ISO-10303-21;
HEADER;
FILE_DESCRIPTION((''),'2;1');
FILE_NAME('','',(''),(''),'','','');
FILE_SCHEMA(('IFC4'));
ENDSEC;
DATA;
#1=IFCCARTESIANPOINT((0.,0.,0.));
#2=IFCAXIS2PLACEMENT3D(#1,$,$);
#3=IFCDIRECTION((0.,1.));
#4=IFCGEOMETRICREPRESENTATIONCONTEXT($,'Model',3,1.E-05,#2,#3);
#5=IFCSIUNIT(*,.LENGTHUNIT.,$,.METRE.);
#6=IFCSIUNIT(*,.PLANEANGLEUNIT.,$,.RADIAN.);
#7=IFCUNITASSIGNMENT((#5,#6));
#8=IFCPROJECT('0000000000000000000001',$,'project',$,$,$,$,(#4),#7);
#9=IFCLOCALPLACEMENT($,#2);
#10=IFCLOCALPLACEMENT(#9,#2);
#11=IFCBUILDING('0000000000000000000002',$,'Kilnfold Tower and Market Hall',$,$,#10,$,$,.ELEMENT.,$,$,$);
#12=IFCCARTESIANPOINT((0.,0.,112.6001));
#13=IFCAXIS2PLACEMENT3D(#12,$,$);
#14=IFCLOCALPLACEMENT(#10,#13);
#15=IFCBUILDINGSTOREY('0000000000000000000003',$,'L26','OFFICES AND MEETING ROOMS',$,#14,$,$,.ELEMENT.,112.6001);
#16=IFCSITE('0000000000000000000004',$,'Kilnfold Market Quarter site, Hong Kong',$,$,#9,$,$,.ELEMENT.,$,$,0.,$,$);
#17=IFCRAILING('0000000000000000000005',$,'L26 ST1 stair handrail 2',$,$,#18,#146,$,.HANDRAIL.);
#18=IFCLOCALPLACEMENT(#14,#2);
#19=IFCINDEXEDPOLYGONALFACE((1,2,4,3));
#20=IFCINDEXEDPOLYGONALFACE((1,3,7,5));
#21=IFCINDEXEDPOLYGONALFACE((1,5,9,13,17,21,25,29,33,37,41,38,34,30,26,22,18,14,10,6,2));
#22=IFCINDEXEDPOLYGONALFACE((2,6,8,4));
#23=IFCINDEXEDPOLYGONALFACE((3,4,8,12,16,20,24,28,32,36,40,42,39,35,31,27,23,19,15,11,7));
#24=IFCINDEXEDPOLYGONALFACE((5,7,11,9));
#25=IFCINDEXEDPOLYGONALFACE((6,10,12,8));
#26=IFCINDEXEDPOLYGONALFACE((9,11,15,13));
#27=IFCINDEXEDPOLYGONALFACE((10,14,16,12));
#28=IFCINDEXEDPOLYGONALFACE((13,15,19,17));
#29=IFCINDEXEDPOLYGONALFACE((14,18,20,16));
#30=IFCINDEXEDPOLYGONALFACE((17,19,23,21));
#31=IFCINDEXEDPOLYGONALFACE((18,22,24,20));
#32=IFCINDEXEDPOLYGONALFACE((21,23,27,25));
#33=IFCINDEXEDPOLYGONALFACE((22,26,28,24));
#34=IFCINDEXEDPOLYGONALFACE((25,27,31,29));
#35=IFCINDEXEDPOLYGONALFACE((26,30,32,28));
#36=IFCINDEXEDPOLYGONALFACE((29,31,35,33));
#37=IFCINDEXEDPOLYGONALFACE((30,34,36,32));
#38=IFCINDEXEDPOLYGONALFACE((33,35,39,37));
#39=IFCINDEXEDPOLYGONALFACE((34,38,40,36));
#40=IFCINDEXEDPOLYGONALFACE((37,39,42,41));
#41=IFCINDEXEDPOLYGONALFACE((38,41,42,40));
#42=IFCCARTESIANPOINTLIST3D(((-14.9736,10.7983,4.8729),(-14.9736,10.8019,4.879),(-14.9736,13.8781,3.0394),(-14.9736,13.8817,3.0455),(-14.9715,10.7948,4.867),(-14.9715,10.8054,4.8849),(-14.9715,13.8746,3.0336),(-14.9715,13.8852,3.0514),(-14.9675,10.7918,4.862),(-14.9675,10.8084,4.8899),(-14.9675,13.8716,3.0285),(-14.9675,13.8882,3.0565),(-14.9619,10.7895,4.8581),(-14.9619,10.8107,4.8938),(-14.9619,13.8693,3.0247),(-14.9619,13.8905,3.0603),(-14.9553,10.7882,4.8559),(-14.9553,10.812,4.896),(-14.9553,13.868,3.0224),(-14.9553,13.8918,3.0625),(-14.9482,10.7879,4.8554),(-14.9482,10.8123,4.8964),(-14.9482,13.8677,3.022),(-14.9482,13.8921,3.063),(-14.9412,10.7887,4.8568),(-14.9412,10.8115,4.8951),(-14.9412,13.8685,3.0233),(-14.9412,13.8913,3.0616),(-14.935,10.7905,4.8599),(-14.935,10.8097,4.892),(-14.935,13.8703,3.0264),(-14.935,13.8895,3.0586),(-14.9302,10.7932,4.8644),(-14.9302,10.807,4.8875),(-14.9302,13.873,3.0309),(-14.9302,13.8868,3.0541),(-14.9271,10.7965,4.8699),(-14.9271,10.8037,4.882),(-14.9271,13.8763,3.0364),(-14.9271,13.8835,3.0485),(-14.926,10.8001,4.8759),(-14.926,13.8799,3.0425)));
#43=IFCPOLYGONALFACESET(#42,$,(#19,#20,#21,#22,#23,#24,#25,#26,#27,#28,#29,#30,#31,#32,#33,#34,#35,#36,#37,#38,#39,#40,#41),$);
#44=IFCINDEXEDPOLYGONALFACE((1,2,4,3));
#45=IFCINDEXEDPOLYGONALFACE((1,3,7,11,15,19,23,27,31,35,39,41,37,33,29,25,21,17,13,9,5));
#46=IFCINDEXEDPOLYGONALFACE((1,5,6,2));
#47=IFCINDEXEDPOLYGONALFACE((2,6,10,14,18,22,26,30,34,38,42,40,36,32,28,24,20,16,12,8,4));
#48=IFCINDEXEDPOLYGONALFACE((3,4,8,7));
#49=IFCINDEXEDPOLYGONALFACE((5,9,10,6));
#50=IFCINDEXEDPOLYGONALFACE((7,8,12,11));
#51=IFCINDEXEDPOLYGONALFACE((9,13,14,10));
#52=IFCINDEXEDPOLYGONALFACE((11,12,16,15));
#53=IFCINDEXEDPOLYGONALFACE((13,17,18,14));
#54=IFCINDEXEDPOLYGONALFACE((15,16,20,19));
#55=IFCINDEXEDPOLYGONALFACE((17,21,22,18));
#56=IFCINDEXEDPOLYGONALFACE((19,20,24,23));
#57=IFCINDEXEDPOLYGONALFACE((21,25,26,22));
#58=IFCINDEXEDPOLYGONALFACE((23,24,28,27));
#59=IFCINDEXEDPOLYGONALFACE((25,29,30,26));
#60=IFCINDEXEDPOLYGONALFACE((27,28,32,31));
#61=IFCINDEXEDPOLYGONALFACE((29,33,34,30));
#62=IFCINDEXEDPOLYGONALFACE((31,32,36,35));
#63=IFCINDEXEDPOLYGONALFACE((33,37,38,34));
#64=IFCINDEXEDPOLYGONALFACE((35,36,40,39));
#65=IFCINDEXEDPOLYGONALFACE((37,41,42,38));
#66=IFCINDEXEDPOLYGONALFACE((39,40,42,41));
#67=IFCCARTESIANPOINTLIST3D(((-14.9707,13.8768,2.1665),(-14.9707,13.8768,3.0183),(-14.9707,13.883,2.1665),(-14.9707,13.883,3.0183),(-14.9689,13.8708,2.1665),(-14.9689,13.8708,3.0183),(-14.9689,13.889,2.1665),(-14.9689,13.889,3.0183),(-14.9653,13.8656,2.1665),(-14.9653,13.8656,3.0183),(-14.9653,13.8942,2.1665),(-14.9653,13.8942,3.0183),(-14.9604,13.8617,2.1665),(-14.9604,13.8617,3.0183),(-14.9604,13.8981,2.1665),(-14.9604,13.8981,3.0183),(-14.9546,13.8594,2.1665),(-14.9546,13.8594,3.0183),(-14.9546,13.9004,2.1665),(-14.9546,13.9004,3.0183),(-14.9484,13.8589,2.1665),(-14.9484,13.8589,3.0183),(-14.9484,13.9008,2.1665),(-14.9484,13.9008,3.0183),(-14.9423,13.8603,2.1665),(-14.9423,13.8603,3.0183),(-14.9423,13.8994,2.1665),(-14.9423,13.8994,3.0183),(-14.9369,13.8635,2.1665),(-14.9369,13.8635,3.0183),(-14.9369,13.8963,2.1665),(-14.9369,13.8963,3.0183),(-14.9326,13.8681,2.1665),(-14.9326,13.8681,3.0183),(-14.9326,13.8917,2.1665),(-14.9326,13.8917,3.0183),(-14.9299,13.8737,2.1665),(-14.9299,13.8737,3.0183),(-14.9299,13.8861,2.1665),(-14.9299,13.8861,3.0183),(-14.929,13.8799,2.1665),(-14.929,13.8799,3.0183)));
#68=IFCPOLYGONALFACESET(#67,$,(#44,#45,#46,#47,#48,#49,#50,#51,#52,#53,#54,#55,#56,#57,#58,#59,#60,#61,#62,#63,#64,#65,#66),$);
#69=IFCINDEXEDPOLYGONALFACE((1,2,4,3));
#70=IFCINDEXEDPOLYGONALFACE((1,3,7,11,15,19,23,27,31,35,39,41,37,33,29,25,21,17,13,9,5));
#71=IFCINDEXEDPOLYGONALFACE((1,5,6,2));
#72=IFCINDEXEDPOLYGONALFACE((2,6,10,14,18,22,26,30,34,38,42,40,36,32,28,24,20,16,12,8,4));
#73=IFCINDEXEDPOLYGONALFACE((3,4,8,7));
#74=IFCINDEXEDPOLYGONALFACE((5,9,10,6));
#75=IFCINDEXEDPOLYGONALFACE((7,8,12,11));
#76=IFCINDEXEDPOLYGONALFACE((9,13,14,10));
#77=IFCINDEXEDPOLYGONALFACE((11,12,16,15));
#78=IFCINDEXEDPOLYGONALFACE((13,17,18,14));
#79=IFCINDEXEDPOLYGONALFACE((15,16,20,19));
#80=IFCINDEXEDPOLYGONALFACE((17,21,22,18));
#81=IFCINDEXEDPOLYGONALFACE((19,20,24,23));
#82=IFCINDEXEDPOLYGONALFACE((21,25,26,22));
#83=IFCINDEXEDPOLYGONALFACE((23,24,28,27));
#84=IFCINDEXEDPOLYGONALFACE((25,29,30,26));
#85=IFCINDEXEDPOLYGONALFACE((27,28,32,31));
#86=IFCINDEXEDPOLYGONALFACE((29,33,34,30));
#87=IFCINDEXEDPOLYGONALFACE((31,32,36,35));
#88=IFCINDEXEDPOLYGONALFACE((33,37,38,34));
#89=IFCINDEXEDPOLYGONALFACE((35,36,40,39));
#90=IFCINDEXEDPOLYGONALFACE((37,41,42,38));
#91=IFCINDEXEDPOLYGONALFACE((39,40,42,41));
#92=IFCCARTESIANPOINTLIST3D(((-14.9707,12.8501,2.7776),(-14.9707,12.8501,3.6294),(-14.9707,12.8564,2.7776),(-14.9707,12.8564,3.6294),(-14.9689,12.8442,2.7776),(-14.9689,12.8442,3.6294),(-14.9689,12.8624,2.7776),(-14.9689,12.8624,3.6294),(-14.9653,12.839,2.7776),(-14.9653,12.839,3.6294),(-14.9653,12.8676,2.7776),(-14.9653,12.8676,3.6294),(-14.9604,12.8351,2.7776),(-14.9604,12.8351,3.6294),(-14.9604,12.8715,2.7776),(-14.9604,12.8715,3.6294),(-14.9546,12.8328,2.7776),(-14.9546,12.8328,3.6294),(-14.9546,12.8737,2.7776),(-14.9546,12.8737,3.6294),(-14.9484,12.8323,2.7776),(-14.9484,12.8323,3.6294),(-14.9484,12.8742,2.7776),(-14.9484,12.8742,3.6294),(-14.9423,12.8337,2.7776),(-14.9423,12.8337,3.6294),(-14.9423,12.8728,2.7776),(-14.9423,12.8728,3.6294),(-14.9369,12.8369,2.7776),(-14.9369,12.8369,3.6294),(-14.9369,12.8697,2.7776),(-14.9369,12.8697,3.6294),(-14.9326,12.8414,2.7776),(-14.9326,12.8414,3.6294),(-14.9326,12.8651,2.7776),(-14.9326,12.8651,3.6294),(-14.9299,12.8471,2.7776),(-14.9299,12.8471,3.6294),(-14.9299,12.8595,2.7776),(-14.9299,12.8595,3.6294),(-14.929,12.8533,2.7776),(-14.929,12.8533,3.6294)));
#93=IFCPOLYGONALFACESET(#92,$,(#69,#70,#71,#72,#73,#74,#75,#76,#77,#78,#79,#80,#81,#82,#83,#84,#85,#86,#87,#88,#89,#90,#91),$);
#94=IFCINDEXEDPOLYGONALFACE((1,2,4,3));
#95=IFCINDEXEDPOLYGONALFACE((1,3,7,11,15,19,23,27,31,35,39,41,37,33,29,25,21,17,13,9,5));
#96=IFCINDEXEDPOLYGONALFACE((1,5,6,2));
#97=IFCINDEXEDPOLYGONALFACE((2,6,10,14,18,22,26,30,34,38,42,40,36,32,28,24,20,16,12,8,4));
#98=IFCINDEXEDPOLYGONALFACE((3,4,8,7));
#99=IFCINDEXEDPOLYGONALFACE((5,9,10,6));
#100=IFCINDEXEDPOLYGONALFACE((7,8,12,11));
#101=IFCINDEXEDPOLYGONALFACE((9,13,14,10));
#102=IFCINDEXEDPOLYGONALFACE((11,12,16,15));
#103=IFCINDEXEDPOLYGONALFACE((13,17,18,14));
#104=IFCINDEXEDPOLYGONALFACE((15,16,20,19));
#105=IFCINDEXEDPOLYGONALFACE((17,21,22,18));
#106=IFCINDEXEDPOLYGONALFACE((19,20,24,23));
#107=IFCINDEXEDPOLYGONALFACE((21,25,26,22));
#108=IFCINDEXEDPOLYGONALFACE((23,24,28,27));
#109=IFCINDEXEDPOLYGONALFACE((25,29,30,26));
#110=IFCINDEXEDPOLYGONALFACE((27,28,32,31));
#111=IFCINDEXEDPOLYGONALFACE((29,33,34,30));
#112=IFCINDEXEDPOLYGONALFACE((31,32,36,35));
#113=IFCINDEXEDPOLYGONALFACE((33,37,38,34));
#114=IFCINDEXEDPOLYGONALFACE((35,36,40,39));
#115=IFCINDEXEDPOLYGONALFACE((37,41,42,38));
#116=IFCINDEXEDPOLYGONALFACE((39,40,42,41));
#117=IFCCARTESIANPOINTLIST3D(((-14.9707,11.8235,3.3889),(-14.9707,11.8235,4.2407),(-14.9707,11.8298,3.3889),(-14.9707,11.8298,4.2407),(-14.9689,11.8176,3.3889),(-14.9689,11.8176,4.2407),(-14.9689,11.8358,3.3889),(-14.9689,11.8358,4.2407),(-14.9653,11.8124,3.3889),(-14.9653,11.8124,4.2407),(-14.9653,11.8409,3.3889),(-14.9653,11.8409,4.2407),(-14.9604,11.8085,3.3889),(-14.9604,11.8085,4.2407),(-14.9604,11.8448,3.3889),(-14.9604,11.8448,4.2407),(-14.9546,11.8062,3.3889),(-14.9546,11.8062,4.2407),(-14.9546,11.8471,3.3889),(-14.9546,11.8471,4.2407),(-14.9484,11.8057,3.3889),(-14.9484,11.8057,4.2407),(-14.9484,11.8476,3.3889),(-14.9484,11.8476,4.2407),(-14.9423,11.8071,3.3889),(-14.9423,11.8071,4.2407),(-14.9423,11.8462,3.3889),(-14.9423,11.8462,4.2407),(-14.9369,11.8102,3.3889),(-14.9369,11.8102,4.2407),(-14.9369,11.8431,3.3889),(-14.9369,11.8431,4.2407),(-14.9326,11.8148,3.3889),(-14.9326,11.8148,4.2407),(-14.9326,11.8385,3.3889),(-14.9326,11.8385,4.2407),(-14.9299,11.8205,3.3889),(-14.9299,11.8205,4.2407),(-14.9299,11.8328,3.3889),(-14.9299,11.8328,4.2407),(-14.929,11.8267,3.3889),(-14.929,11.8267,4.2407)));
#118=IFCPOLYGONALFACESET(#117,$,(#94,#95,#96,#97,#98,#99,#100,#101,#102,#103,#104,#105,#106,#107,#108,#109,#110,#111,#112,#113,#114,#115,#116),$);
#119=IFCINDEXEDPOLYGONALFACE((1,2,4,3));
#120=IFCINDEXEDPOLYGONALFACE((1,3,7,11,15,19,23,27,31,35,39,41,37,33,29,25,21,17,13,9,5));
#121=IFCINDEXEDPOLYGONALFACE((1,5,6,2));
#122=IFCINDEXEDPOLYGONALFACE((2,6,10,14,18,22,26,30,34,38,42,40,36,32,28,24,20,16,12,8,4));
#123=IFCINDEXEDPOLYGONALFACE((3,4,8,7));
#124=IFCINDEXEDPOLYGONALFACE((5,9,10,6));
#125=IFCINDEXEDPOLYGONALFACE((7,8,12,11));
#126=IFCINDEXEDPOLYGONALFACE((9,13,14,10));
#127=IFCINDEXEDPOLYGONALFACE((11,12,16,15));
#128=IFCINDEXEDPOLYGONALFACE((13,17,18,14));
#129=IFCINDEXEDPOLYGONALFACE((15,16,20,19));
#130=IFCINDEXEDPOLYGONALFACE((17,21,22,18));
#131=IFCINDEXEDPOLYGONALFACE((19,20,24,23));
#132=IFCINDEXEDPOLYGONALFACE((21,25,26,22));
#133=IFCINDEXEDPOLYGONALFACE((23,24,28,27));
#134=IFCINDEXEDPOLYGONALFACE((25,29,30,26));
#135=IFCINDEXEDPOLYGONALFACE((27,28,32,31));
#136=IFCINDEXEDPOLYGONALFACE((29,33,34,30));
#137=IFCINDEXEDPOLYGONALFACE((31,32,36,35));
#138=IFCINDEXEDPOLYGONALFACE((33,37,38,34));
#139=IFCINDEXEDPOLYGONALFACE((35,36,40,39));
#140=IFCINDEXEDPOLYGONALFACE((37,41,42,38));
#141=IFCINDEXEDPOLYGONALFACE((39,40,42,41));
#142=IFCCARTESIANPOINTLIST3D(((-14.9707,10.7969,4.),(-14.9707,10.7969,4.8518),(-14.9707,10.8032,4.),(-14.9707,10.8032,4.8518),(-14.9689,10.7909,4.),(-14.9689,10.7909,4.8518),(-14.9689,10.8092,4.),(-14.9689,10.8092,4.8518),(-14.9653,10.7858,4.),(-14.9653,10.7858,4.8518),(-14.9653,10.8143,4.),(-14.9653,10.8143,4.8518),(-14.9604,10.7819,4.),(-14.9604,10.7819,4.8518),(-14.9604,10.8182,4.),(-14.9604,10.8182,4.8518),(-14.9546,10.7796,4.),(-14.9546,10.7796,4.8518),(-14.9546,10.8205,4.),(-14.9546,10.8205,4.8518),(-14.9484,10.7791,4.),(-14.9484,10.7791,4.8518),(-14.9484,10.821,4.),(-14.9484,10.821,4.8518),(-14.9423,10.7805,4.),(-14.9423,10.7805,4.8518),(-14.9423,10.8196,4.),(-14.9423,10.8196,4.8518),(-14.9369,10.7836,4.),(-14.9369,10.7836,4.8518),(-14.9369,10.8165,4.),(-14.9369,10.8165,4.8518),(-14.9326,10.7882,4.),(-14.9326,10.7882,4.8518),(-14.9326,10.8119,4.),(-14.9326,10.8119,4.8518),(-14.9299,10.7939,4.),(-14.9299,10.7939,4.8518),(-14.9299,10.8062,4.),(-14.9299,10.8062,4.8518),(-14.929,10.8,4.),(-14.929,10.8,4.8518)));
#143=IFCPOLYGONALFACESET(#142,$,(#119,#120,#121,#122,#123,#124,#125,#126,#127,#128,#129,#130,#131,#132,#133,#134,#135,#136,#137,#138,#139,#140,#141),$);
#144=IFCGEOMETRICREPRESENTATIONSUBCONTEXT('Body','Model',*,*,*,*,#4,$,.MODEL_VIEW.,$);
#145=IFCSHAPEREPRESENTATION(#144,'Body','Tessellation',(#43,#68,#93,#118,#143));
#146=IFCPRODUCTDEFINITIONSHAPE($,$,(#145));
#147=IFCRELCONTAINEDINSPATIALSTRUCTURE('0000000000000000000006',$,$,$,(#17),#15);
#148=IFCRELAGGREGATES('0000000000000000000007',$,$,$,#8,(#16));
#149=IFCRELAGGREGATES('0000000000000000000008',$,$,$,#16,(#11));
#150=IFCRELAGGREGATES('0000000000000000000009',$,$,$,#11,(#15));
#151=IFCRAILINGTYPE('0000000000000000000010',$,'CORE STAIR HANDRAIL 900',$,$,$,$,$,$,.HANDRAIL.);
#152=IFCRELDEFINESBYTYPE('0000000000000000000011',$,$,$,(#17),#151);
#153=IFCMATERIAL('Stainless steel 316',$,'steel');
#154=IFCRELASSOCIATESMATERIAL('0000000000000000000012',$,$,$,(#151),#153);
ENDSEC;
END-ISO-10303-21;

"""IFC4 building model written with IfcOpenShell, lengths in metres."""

from ifc_helpers import new_model, si_unit, direction, frame, origin, origin_2d, place, context, subcontext, project, spatial, circle, extrude, material, type_object, element, save


model = new_model("IFC4")

# Units and contexts
model_context = context("Model", 3, precision=1e-05, world=origin(), true_north=direction((0.0, 1.0)))
body_context = subcontext(model_context, "Body", "Model", "MODEL_VIEW")
ifc_project = project(units=[si_unit("LENGTHUNIT", "METRE"), si_unit("PLANEANGLEUNIT", "RADIAN")], contexts=[model_context])

# Site, building, storey
site_placement = place(None, origin())
site = spatial("IfcSite", under=ifc_project, at=site_placement, Name="Kilnfold Market Quarter site, Hong Kong", CompositionType="ELEMENT", RefElevation=0.0)
building_placement = place(site_placement, origin())
building = spatial("IfcBuilding", under=site, at=building_placement, Name="Kilnfold Tower and Market Hall", CompositionType="ELEMENT")
storey_placement = place(building_placement, frame((0.0, 0.0, 112.6001)))
storey = spatial("IfcBuildingStorey", under=building, at=storey_placement, Name="L26", Description="OFFICES AND MEETING ROOMS", CompositionType="ELEMENT", Elevation=112.6001)

# Railing
ifc_material_1 = material(Name="Stainless steel 316", Category="steel")
railing_type_1 = type_object("IfcRailingType", Name="CORE STAIR HANDRAIL 900", PredefinedType="HANDRAIL", material=ifc_material_1)
railing_1_placement = place(storey_placement, frame((-14.95, 13.8799, 2.1665)))
element("IfcRailing", 1, at=railing_1_placement, inside=storey, type_object=railing_type_1, Name="L26 ST1 stair handrail 2", PredefinedType="HANDRAIL", context=body_context, shape_type="SweptSolid", body=[
    extrude(circle(Radius=0.0239, at=origin_2d()), frame((0.0, 0.0, 0.876), z_axis=(0.0, -0.859261, 0.511538), x_axis=(1.0, 0.0, 0.0)), (0.0, 0.0, 1.0), 3.5842),
    extrude(circle(Radius=0.021, at=origin_2d()), origin(), (0.0, 0.0, 1.0), 0.8518),
    extrude(circle(Radius=0.021, at=origin_2d()), frame((0.0, -1.0266, 0.6111)), (0.0, 0.0, 1.0), 0.8518),
    extrude(circle(Radius=0.021, at=origin_2d()), frame((0.0, -2.0532, 1.2224)), (0.0, 0.0, 1.0), 0.8518),
    extrude(circle(Radius=0.021, at=origin_2d()), frame((0.0, -3.0798, 1.8335)), (0.0, 0.0, 1.0), 0.8518),
])

save(model, "model.ifc")
